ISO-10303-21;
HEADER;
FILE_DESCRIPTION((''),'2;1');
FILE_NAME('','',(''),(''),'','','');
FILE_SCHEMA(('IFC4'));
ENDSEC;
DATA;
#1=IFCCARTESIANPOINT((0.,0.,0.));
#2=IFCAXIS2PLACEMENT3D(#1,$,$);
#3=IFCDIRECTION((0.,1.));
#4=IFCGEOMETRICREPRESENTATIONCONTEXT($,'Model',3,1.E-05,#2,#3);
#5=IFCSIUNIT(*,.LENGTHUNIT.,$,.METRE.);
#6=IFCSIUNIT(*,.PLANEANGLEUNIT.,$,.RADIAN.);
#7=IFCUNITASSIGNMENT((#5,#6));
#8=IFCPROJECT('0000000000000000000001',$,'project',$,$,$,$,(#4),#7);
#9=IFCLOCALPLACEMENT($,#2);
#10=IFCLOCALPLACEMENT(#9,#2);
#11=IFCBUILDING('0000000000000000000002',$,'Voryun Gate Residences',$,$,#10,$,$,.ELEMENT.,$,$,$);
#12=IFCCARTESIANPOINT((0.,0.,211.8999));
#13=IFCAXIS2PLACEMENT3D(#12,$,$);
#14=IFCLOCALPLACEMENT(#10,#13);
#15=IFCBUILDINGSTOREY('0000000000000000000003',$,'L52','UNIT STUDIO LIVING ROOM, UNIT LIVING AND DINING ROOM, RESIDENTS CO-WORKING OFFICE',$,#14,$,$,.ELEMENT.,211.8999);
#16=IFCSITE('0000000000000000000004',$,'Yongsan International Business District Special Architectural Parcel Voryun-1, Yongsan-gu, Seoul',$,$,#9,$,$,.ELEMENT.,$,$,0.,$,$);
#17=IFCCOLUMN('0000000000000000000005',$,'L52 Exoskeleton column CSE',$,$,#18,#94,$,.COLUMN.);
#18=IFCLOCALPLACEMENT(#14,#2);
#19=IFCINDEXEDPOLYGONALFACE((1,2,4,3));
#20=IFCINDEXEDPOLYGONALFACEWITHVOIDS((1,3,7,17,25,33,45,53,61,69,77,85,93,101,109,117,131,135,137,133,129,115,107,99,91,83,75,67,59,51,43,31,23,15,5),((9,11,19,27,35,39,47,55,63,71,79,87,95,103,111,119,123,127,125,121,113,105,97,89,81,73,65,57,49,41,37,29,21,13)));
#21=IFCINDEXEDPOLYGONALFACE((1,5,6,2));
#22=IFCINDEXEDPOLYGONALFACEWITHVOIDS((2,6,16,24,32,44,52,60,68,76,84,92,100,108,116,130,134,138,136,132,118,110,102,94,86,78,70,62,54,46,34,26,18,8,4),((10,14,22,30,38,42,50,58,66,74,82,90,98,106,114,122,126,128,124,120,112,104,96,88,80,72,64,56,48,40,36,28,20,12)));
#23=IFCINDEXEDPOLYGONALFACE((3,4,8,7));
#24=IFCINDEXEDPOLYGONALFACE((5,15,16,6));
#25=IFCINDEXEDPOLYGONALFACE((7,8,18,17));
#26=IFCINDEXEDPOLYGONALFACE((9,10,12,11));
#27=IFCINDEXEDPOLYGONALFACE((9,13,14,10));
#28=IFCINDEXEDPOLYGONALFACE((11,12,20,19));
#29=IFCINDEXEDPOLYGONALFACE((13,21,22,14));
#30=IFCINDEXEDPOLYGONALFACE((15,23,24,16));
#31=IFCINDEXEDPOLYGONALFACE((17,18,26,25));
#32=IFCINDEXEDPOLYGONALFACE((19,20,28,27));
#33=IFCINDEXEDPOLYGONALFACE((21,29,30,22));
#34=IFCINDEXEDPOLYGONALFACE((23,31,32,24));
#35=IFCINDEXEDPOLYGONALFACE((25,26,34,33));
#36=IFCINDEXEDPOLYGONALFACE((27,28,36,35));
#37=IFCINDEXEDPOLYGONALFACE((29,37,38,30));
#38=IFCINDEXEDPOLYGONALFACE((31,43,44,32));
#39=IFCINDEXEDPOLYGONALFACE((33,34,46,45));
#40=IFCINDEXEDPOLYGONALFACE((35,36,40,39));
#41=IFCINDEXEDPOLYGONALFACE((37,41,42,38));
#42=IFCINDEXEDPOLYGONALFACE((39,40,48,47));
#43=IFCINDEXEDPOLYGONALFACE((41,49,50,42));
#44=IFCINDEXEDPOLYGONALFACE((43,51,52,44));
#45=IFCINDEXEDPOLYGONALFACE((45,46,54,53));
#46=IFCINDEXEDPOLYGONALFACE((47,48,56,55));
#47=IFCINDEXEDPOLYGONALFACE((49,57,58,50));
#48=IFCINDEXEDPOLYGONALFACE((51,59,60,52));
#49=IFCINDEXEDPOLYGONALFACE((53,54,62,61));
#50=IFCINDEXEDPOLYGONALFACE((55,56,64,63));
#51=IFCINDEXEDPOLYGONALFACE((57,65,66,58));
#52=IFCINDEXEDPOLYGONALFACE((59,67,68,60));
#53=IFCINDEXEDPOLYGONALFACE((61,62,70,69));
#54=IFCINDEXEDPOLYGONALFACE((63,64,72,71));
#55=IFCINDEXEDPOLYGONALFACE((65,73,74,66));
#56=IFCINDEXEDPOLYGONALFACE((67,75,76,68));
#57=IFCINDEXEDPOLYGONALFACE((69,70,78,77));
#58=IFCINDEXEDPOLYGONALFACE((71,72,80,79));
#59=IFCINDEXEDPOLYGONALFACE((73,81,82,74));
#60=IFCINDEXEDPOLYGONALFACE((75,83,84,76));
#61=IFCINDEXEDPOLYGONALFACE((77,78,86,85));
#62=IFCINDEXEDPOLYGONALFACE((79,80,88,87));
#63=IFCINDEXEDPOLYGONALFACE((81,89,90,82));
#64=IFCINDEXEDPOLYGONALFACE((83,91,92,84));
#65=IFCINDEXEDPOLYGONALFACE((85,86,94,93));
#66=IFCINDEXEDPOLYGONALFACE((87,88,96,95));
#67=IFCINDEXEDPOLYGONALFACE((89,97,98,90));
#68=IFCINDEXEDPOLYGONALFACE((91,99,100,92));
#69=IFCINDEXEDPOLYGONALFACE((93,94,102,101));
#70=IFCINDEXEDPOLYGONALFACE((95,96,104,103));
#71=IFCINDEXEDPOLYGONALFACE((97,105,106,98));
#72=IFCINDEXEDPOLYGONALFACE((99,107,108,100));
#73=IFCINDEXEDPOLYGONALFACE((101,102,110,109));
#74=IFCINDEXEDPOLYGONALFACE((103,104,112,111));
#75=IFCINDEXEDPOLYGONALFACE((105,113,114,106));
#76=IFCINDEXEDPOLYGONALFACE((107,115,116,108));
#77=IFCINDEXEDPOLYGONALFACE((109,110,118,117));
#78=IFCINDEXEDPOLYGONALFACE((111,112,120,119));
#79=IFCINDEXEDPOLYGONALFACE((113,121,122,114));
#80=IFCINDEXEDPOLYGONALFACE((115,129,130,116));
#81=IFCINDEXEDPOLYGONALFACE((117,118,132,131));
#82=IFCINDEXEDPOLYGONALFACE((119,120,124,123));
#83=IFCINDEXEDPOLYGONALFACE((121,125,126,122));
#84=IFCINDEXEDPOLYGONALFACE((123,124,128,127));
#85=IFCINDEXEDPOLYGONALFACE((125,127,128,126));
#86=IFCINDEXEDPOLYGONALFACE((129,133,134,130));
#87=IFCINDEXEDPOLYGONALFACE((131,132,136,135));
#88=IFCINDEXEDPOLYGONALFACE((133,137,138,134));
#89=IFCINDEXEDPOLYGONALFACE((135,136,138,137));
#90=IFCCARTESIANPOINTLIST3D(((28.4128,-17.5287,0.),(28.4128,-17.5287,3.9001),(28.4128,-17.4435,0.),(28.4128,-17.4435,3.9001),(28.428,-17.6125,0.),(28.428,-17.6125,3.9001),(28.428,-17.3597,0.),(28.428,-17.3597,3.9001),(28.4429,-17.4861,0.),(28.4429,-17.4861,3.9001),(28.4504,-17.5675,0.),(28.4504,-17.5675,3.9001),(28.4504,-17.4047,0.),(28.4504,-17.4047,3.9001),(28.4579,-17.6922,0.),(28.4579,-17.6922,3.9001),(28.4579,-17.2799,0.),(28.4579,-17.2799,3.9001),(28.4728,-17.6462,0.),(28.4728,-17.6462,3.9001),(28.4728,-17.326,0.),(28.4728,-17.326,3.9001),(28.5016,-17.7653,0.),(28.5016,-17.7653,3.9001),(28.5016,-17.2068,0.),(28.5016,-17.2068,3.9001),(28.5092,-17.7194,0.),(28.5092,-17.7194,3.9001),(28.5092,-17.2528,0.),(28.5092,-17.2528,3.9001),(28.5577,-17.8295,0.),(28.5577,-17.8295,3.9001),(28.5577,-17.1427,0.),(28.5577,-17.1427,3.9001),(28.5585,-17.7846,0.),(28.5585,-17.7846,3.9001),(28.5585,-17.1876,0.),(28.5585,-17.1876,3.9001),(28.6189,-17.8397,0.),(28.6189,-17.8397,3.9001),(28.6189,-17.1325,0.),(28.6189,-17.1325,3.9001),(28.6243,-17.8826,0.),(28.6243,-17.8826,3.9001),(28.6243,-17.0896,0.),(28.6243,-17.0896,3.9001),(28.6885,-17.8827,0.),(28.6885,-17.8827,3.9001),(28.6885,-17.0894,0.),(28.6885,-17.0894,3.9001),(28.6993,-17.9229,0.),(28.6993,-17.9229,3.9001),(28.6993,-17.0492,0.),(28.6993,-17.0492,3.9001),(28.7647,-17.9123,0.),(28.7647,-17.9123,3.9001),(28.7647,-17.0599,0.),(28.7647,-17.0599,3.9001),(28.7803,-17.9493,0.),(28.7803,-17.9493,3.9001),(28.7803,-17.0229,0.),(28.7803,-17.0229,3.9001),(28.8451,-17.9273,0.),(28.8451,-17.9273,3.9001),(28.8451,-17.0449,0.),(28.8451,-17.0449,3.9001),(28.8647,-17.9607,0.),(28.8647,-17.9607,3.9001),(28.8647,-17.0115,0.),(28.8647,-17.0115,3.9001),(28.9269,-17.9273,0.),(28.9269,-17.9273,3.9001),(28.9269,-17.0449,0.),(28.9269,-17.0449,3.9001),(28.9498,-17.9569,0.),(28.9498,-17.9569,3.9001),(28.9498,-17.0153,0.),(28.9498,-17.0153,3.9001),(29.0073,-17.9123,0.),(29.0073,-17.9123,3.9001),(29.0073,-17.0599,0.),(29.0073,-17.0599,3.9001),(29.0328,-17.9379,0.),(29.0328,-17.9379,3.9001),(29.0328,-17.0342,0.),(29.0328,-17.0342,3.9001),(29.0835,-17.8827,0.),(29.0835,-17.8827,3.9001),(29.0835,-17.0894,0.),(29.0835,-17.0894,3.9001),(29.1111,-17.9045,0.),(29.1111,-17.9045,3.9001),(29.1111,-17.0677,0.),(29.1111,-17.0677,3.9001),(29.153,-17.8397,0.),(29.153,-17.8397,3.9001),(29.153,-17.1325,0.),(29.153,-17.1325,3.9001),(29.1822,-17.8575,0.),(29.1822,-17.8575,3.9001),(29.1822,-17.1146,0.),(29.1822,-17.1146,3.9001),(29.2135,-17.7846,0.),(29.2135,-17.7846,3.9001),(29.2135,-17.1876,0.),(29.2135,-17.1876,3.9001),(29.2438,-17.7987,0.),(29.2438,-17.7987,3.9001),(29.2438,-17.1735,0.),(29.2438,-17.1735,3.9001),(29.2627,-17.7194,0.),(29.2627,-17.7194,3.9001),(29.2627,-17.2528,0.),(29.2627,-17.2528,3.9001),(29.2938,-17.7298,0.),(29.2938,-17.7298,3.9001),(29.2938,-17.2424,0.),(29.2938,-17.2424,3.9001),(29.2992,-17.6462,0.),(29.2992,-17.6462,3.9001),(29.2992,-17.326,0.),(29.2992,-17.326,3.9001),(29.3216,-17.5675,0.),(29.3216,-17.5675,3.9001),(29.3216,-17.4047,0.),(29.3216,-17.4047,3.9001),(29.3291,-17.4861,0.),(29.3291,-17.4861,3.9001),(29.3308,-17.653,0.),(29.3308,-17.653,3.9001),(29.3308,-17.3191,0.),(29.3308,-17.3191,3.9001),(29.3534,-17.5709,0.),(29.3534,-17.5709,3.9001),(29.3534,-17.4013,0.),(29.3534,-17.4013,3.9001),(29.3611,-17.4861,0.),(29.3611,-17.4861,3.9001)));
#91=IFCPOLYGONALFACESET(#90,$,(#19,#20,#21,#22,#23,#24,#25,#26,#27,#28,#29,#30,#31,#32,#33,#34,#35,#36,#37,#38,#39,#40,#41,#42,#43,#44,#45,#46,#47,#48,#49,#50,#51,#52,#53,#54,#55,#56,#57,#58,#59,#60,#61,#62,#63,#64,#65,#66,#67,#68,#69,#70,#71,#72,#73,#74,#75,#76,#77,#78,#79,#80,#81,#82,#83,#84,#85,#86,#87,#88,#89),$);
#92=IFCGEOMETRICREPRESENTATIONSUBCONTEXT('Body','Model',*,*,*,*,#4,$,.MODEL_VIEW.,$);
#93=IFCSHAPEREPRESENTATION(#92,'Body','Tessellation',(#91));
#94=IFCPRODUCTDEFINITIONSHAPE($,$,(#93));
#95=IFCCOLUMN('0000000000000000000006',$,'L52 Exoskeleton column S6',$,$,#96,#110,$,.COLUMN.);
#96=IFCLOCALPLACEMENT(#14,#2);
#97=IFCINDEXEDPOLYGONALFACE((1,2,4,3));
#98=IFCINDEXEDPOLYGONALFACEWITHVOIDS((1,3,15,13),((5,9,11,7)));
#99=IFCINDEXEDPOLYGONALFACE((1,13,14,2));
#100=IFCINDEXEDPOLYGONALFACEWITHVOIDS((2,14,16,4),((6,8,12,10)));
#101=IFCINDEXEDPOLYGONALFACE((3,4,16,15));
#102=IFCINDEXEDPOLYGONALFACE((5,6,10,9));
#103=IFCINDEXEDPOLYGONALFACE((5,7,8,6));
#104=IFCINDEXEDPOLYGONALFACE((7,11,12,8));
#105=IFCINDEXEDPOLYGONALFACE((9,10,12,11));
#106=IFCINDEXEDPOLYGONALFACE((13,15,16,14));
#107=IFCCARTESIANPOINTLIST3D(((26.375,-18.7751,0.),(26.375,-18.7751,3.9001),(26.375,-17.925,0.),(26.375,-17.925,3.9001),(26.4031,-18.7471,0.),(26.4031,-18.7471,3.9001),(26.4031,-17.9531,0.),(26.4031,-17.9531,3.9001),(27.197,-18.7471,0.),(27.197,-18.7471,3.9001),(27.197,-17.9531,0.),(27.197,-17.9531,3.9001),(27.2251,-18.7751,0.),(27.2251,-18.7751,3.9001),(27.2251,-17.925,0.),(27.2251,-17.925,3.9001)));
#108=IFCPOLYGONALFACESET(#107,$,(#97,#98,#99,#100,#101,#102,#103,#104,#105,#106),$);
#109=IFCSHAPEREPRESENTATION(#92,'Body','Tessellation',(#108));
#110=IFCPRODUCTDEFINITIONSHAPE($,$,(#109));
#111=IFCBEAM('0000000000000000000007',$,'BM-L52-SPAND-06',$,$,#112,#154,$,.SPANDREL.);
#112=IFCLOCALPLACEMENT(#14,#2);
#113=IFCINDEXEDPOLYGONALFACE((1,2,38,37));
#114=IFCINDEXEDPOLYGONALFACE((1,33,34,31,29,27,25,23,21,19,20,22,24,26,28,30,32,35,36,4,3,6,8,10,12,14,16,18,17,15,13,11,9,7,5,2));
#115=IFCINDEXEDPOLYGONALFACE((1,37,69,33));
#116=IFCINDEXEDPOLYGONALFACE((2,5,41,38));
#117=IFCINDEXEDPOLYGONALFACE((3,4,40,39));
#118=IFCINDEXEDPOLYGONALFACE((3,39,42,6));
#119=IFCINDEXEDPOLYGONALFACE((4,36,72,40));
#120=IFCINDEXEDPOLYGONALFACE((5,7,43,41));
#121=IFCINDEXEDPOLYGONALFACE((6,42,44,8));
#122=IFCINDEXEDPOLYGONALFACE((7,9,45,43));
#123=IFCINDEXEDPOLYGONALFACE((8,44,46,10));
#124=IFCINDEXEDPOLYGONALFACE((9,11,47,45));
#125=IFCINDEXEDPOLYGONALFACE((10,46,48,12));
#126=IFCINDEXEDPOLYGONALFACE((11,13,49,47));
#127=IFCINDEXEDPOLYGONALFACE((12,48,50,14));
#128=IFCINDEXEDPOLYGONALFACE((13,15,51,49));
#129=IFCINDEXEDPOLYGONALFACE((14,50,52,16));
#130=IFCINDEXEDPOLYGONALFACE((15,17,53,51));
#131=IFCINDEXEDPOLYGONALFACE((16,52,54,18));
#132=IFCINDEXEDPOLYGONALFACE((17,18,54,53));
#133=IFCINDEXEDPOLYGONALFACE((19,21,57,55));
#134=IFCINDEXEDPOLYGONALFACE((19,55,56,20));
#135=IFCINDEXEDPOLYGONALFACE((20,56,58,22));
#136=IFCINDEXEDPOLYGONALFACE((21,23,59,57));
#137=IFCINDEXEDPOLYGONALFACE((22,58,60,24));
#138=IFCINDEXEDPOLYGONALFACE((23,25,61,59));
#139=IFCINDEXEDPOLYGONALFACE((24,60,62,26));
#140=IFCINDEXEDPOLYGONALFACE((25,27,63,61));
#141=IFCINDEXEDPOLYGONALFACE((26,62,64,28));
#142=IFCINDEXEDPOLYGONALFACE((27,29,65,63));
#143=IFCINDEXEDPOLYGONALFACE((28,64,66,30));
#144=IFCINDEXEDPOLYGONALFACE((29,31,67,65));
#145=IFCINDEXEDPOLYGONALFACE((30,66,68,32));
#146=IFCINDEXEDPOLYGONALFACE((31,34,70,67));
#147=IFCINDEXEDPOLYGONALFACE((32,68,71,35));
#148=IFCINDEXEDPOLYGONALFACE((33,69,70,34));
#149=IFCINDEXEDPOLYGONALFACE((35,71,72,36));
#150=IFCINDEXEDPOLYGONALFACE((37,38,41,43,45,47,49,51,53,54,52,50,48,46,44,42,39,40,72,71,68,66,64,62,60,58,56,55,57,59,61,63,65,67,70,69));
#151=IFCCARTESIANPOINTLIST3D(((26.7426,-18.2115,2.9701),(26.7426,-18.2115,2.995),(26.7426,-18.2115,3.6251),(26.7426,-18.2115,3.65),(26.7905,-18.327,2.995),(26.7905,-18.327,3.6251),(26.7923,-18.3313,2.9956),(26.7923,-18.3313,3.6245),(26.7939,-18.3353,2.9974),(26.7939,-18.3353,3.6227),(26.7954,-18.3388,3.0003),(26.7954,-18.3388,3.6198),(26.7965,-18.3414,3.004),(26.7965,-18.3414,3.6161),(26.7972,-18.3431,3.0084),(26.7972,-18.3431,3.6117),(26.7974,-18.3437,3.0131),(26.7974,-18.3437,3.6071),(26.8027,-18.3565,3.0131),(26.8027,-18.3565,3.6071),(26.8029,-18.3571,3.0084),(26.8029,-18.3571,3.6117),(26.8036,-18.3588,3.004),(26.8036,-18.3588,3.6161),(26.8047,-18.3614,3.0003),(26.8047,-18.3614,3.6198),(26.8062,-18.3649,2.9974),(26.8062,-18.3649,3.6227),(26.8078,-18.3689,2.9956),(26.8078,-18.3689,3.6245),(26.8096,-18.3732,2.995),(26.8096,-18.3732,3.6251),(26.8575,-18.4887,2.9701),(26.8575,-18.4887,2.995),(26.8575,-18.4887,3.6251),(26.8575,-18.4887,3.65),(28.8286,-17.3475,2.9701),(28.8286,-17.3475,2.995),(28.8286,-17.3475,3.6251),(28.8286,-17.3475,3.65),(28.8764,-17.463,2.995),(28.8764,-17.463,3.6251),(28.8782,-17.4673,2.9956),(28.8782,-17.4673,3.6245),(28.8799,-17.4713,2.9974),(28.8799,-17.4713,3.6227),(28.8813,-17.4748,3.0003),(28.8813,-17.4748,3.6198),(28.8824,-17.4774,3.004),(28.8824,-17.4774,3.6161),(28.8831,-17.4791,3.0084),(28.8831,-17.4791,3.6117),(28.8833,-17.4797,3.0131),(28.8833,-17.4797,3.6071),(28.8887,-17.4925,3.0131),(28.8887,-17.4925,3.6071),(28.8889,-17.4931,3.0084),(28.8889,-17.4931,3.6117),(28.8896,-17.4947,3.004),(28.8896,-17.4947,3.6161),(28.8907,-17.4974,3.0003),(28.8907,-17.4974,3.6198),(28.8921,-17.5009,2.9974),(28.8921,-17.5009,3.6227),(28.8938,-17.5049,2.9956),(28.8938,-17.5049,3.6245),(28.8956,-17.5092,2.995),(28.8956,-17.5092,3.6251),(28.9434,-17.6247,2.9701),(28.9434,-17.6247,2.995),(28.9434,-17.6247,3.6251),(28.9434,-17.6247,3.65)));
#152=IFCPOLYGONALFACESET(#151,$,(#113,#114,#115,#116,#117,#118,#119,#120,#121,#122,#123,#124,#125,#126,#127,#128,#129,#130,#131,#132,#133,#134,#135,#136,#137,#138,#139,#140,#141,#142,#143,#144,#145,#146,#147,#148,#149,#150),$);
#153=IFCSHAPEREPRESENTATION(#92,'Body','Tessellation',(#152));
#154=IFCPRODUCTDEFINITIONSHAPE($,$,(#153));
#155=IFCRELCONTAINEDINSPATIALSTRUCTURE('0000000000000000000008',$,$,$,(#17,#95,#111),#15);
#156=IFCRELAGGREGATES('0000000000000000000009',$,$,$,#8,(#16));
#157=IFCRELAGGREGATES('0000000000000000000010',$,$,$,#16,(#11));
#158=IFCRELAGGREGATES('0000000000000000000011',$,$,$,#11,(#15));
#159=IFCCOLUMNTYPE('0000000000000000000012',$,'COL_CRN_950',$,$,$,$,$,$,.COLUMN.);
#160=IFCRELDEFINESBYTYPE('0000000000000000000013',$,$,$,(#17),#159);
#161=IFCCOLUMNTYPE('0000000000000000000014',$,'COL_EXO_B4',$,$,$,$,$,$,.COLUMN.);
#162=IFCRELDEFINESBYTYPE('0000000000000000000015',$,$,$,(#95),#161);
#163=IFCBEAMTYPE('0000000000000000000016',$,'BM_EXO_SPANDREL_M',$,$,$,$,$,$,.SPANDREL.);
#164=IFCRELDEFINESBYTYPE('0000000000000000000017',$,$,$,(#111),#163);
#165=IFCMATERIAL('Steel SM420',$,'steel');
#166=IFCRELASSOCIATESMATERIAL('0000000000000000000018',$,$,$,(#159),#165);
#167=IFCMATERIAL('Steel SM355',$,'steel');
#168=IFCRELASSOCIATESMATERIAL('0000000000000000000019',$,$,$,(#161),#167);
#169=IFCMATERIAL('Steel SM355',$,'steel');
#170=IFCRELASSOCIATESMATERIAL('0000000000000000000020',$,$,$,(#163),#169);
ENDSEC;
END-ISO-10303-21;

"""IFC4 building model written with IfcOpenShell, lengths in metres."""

from ifc_helpers import new_model, si_unit, direction, frame, origin, origin_2d, place, context, subcontext, project, spatial, hollow_rectangle, hollow_circle, i_section, extrude, material, material_profile, profile_set, type_object, element, save


model = new_model("IFC4")

# Units and contexts
model_context = context("Model", 3, precision=1e-05, world=origin(), true_north=direction((0.0, 1.0)))
body_context = subcontext(model_context, "Body", "Model", "MODEL_VIEW")
ifc_project = project(units=[si_unit("LENGTHUNIT", "METRE"), si_unit("PLANEANGLEUNIT", "RADIAN")], contexts=[model_context])

# Site, building, storey
site_placement = place(None, origin())
site = spatial("IfcSite", under=ifc_project, at=site_placement, Name="Yongsan International Business District Special Architectural Parcel Voryun-1, Yongsan-gu, Seoul", CompositionType="ELEMENT", RefElevation=0.0)
building_placement = place(site_placement, origin())
building = spatial("IfcBuilding", under=site, at=building_placement, Name="Voryun Gate Residences", CompositionType="ELEMENT")
storey_placement = place(building_placement, frame((0.0, 0.0, 211.8999)))
storey = spatial("IfcBuildingStorey", under=building, at=storey_placement, Name="L52", Description="UNIT STUDIO LIVING ROOM, UNIT LIVING AND DINING ROOM, RESIDENTS CO-WORKING OFFICE", CompositionType="ELEMENT", Elevation=211.8999)

# Columns
ifc_material_1 = material(Name="Steel SM420", Category="steel")
ifc_material_profile_1 = material_profile(ifc_material_1, hollow_circle(Radius=0.4751, WallThickness=0.032, at=origin_2d()), Name="CHS-950x32")
ifc_profile_set_1 = profile_set([ifc_material_profile_1], Name="Steel SM420")
column_type_1 = type_object("IfcColumnType", Name="COL_CRN_950", PredefinedType="COLUMN", material=ifc_profile_set_1)
column_1_placement = place(storey_placement, frame((28.886, -17.4861, 0.0), z_axis=(0.0, 0.0, 1.0), x_axis=(1.0, 0.0, 0.0)))
element("IfcColumn", 1, at=column_1_placement, inside=storey, type_object=column_type_1, Name="L52 Exoskeleton column CSE", PredefinedType="COLUMN", context=body_context, shape_type="SweptSolid", body=[
    extrude(hollow_circle(Radius=0.4751, WallThickness=0.032, at=origin_2d()), origin(), (0.0, 0.0, 1.0), 3.9001),
])
ifc_material_2 = material(Name="Steel SM355", Category="steel")
ifc_material_profile_2 = material_profile(ifc_material_2, hollow_rectangle(XDim=0.8501, YDim=0.8501, WallThickness=0.0281, at=origin_2d()), Name="BOX-850x850x28")
ifc_profile_set_2 = profile_set([ifc_material_profile_2], Name="Steel SM355")
column_type_2 = type_object("IfcColumnType", Name="COL_EXO_B4", PredefinedType="COLUMN", material=ifc_profile_set_2)
column_2_placement = place(storey_placement, frame((26.8, -18.3501, 0.0), z_axis=(0.0, 0.0, 1.0), x_axis=(1.0, 0.0, 0.0)))
element("IfcColumn", 2, at=column_2_placement, inside=storey, type_object=column_type_2, Name="L52 Exoskeleton column S6", PredefinedType="COLUMN", context=body_context, shape_type="SweptSolid", body=[
    extrude(hollow_rectangle(XDim=0.8501, YDim=0.8501, WallThickness=0.0281, at=origin_2d()), origin(), (0.0, 0.0, 1.0), 3.9001),
])

# Beam
ifc_material_3 = material(Name="Steel SM355", Category="steel")
ifc_material_profile_3 = material_profile(ifc_material_3, i_section(OverallWidth=0.3, OverallDepth=0.6799, WebThickness=0.0139, FlangeThickness=0.0249, FilletRadius=0.0181, at=origin_2d()), Name="H-680x300x14x25")
ifc_profile_set_3 = profile_set([ifc_material_profile_3], Name="Steel SM355")
beam_type = type_object("IfcBeamType", Name="BM_EXO_SPANDREL_M", PredefinedType="SPANDREL", material=ifc_profile_set_3)
beam_1_placement = place(storey_placement, frame((26.8, -18.3501, 3.3101), z_axis=(0.923881, 0.38268, 0.0), x_axis=(-0.38268, 0.923881, 0.0)))
element("IfcBeam", 3, at=beam_1_placement, inside=storey, type_object=beam_type, Name="BM-L52-SPAND-06", PredefinedType="SPANDREL", context=body_context, shape_type="SweptSolid", body=[
    extrude(i_section(OverallWidth=0.3, OverallDepth=0.6799, WebThickness=0.0139, FlangeThickness=0.0249, FilletRadius=0.0181, at=origin_2d()), origin(), (0.0, 0.0, 1.0), 2.2578),
])

save(model, "model.ifc")
